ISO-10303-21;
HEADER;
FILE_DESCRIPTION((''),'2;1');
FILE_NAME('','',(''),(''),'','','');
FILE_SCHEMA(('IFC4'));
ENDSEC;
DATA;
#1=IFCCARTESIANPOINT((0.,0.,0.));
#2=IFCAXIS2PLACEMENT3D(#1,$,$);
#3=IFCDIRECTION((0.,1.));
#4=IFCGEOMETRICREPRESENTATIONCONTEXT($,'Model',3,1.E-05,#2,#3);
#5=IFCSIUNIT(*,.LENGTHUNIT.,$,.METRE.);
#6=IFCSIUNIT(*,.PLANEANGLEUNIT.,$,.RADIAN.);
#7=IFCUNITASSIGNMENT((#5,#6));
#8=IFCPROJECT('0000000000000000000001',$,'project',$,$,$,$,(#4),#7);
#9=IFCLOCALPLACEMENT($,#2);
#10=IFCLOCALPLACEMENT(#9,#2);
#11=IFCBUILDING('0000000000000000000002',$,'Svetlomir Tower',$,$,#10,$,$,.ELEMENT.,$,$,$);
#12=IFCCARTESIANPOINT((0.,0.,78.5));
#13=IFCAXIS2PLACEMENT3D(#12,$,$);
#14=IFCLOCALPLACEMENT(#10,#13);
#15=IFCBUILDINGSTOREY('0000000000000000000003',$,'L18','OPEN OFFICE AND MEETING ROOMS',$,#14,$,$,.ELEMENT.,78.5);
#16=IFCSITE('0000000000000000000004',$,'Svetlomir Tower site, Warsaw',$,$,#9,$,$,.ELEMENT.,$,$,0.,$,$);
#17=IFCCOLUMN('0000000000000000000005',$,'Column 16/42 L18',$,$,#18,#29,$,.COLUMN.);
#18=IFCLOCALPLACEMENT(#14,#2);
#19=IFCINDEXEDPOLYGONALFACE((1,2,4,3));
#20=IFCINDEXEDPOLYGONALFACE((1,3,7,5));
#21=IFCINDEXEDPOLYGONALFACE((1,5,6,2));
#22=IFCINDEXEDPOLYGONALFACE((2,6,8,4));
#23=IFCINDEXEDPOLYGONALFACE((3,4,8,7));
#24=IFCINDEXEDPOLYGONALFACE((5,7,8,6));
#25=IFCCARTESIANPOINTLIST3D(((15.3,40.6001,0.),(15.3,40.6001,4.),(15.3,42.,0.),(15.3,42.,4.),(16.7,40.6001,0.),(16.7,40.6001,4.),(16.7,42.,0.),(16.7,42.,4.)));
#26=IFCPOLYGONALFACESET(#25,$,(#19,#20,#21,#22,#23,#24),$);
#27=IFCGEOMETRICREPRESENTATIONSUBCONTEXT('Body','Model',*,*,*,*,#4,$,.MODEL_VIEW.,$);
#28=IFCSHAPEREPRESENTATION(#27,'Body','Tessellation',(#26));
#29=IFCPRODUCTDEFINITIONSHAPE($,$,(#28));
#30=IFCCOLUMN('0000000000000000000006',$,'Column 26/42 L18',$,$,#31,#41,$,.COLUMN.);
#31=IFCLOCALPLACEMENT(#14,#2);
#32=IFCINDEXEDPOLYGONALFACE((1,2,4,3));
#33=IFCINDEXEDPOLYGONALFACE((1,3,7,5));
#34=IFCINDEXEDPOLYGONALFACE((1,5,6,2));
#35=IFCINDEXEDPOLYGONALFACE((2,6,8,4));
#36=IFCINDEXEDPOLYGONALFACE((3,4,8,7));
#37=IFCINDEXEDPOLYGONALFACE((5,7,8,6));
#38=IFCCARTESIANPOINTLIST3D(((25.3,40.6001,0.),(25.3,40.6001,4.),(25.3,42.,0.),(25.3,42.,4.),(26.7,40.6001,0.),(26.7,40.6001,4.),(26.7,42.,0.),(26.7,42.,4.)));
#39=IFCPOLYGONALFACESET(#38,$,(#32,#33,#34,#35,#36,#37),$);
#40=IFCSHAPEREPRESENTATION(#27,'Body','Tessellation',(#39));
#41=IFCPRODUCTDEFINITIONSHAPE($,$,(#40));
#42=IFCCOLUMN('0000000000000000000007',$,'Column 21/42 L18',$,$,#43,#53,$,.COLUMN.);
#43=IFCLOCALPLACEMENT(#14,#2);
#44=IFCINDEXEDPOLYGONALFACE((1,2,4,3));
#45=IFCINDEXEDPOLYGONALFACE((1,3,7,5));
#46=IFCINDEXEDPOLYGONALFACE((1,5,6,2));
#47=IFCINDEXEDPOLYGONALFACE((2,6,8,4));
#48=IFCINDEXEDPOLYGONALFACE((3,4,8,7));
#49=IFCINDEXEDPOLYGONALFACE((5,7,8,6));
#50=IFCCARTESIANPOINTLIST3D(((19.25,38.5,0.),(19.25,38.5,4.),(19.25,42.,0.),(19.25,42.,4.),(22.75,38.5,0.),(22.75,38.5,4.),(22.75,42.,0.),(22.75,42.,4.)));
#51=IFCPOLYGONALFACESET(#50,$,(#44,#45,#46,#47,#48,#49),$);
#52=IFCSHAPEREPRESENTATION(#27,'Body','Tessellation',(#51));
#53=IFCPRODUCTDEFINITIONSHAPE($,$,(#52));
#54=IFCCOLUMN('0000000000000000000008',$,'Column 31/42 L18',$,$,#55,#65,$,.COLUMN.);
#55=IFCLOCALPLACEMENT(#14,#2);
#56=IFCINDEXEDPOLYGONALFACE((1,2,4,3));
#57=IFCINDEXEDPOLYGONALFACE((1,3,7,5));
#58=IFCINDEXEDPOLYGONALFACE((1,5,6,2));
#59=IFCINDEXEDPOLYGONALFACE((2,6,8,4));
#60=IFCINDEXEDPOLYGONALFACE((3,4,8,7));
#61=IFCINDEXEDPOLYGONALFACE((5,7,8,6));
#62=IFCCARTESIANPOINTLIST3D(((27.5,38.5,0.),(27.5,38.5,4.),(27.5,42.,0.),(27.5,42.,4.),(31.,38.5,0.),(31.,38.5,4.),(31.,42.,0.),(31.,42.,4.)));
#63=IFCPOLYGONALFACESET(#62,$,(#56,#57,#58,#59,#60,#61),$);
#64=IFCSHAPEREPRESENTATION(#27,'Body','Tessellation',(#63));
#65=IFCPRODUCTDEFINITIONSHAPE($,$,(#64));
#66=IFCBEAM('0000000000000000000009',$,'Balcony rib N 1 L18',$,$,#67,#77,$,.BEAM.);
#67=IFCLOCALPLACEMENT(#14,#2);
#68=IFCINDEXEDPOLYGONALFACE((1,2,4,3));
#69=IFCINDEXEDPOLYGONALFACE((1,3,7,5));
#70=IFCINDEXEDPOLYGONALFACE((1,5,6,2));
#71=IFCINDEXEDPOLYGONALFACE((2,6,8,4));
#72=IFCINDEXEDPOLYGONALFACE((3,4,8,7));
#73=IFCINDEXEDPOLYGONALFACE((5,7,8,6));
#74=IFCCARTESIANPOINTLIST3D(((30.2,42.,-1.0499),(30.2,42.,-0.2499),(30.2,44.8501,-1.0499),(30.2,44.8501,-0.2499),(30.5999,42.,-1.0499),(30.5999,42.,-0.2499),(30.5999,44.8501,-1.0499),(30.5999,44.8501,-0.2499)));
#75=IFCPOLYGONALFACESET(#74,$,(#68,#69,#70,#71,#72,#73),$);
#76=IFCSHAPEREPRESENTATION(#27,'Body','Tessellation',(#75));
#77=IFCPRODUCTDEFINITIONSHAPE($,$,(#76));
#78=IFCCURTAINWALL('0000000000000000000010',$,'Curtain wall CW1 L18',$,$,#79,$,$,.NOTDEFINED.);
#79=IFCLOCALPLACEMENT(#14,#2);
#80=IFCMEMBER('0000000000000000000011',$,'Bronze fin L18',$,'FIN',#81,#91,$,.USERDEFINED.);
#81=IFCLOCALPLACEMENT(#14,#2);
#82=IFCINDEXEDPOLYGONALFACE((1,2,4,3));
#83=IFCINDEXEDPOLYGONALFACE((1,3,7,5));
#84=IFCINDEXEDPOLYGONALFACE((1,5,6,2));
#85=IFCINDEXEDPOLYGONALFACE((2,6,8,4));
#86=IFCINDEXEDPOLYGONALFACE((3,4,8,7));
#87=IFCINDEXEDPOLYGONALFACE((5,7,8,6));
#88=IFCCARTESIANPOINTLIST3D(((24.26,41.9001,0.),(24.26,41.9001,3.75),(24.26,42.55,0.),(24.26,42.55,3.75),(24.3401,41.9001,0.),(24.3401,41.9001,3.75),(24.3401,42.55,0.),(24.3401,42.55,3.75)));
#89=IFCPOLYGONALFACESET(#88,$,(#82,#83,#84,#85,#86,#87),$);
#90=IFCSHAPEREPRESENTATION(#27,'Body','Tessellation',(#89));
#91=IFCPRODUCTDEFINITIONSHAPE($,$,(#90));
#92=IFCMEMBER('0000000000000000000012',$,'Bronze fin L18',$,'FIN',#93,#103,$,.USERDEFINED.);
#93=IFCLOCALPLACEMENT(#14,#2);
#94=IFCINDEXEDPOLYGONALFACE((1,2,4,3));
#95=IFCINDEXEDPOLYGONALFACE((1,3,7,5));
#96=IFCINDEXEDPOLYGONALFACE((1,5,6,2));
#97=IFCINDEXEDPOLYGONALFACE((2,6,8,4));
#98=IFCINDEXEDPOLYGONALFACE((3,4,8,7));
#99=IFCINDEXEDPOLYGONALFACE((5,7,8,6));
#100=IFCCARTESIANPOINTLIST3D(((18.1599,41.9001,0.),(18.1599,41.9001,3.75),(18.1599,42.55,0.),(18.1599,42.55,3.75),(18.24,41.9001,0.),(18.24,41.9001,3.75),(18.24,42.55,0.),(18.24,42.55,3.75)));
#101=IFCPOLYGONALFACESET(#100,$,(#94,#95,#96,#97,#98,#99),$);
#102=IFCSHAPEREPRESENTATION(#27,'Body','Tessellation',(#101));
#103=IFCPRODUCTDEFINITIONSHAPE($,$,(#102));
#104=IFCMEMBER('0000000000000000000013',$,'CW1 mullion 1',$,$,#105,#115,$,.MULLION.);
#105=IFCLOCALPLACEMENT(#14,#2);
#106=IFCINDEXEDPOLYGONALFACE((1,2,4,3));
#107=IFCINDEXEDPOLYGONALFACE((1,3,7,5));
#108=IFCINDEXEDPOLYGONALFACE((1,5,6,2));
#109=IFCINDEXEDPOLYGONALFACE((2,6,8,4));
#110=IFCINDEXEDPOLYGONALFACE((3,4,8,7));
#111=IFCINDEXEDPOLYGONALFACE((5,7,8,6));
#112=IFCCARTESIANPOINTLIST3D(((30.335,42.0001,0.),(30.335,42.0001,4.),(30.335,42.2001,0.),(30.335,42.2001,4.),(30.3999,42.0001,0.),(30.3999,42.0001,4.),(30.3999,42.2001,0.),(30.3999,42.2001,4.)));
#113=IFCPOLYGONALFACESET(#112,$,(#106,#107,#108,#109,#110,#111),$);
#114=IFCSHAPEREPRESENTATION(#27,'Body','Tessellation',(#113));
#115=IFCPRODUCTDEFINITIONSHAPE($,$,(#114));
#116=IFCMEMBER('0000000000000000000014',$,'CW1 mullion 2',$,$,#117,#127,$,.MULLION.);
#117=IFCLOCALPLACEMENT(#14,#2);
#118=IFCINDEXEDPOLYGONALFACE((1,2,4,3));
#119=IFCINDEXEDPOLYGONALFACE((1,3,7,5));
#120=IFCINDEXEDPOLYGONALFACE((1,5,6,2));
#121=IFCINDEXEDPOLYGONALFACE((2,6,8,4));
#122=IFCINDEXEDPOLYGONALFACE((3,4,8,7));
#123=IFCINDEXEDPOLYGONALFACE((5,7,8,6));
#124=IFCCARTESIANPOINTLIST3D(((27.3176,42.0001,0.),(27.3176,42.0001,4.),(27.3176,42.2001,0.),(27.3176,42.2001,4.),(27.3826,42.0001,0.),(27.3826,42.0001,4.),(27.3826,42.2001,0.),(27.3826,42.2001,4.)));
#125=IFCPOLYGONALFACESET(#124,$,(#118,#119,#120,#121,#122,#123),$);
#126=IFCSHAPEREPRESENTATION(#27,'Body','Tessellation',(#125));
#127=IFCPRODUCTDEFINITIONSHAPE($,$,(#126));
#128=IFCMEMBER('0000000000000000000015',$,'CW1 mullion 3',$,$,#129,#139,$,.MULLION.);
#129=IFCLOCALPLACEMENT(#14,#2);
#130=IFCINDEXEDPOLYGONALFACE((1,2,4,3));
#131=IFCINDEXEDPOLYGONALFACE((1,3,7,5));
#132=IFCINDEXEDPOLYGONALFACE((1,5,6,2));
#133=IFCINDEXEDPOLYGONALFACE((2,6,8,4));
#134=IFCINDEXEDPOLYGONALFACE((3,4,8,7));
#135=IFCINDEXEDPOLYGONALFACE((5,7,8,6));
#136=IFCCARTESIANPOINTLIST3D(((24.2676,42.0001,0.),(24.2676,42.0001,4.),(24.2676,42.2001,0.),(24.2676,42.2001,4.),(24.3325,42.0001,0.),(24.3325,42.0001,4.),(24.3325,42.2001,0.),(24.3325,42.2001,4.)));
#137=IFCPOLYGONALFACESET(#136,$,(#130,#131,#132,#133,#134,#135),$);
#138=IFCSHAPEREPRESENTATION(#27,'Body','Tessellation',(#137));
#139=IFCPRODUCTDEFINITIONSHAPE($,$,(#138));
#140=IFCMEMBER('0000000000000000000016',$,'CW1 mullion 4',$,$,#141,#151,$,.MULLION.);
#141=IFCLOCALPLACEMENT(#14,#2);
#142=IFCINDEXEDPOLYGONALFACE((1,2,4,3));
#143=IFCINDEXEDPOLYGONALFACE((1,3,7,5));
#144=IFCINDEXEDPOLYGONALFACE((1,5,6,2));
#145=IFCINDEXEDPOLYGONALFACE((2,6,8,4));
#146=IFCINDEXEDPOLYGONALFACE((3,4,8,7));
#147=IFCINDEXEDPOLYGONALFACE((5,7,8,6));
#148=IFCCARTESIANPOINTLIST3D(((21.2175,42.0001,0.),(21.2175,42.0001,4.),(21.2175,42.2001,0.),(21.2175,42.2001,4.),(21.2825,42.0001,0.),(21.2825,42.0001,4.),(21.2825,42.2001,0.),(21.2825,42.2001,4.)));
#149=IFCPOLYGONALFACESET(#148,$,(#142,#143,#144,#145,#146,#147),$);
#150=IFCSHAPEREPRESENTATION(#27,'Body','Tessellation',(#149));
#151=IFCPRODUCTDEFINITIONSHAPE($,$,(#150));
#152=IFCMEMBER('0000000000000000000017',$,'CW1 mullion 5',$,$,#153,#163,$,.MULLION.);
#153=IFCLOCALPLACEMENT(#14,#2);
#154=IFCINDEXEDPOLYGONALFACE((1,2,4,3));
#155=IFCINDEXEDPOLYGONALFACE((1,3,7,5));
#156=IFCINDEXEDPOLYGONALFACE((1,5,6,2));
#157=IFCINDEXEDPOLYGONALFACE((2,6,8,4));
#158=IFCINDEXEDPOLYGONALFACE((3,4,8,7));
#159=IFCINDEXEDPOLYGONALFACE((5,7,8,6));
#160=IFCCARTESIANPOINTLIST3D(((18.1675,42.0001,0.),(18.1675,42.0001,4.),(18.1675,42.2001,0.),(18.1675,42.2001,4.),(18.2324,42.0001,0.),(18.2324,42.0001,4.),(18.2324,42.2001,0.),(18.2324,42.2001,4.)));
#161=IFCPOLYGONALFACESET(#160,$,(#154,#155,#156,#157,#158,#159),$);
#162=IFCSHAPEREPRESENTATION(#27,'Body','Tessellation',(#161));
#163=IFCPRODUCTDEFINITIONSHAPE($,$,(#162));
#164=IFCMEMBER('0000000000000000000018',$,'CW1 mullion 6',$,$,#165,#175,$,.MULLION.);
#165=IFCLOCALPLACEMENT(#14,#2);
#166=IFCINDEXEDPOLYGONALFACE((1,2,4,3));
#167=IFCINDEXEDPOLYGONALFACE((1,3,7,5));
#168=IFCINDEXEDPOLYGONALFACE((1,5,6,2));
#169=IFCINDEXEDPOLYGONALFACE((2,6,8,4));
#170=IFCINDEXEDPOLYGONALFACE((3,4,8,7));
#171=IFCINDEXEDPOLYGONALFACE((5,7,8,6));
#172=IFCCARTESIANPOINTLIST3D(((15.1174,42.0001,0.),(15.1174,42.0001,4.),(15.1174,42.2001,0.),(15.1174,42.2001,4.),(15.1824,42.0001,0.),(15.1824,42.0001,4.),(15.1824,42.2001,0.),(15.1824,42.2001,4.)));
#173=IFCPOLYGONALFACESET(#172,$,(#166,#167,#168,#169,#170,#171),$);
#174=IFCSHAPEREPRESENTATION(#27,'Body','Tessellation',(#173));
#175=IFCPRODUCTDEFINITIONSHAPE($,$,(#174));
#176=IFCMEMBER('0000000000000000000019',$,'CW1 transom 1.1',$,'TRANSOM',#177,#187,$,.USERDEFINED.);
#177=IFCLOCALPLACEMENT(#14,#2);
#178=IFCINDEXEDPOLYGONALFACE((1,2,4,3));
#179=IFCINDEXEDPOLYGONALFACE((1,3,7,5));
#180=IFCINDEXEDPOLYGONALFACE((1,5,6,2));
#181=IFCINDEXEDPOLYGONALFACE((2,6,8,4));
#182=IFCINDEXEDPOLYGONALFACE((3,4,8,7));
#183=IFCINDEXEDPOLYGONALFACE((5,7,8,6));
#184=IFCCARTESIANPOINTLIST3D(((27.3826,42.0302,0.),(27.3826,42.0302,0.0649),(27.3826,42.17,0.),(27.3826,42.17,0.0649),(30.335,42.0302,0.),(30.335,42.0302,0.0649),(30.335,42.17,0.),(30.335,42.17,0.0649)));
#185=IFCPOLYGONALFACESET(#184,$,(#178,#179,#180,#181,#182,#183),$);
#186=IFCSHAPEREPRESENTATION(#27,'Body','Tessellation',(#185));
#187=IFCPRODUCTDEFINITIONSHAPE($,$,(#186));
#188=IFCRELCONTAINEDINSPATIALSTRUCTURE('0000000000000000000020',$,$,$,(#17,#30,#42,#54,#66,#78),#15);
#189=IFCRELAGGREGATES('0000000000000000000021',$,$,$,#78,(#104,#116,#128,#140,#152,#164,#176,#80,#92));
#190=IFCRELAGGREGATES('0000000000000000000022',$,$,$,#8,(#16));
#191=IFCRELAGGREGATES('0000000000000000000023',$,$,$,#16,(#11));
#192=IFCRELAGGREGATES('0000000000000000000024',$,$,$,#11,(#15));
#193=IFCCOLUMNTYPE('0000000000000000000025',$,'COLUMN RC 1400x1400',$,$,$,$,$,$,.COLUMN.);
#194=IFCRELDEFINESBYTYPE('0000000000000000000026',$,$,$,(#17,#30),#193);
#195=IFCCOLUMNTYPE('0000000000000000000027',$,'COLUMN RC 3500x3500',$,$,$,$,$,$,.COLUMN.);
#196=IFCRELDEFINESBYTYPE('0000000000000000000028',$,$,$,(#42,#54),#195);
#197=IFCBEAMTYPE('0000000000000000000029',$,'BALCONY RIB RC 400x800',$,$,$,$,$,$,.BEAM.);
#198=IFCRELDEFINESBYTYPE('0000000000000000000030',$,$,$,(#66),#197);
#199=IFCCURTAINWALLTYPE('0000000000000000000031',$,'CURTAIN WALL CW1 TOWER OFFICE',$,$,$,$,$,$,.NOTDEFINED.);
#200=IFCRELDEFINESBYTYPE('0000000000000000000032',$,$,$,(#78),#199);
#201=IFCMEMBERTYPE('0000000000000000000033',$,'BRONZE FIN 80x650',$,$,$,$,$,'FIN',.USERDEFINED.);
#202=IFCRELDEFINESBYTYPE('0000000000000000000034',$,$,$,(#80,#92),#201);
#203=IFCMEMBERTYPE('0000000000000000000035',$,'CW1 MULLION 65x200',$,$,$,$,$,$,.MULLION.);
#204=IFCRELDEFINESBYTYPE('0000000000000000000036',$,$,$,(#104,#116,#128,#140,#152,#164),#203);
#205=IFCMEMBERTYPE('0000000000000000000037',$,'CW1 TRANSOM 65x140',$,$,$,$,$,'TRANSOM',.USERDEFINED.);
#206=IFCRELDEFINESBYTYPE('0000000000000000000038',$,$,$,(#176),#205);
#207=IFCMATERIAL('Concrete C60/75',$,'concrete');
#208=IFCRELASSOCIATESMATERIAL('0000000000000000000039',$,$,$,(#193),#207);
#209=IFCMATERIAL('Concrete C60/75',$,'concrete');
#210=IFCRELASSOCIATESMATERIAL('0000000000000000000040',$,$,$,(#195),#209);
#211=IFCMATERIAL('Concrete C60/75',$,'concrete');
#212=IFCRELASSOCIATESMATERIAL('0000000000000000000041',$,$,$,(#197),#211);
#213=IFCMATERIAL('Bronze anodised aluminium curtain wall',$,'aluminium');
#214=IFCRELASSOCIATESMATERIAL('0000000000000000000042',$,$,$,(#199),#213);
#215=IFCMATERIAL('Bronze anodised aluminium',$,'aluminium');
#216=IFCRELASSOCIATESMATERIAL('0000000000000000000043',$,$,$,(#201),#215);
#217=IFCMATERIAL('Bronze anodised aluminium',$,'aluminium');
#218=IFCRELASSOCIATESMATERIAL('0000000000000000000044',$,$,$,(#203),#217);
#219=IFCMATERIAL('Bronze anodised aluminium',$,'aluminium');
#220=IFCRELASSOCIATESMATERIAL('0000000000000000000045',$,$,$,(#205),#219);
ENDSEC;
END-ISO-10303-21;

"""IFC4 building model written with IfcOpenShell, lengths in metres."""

from ifc_helpers import new_model, si_unit, direction, frame, origin, origin_2d, place, context, subcontext, project, spatial, rectangle, extrude, material, material_profile, profile_set, type_object, element, aggregate, save


model = new_model("IFC4")

# Units and contexts
model_context = context("Model", 3, precision=1e-05, world=origin(), true_north=direction((0.0, 1.0)))
body_context = subcontext(model_context, "Body", "Model", "MODEL_VIEW")
ifc_project = project(units=[si_unit("LENGTHUNIT", "METRE"), si_unit("PLANEANGLEUNIT", "RADIAN")], contexts=[model_context])

# Site, building, storey
site_placement = place(None, origin())
site = spatial("IfcSite", under=ifc_project, at=site_placement, Name="Svetlomir Tower site, Warsaw", CompositionType="ELEMENT", RefElevation=0.0)
building_placement = place(site_placement, origin())
building = spatial("IfcBuilding", under=site, at=building_placement, Name="Svetlomir Tower", CompositionType="ELEMENT")
storey_placement = place(building_placement, frame((0.0, 0.0, 78.5)))
storey = spatial("IfcBuildingStorey", under=building, at=storey_placement, Name="L18", Description="OPEN OFFICE AND MEETING ROOMS", CompositionType="ELEMENT", Elevation=78.5)

# Columns
ifc_material_1 = material(Name="Concrete C60/75", Category="concrete")
ifc_material_profile_1 = material_profile(ifc_material_1, rectangle(XDim=1.3999, YDim=1.3999, at=origin_2d()), Name="RC 1400x1400")
ifc_profile_set_1 = profile_set([ifc_material_profile_1], Name="Concrete C60/75")
column_type_1 = type_object("IfcColumnType", Name="COLUMN RC 1400x1400", PredefinedType="COLUMN", material=ifc_profile_set_1)
for number, where, z_axis, x_axis, name in (
    (1, (16.0, 41.3, 0.0), (0.0, 0.0, 1.0), (1.0, 0.0, 0.0), "Column 16/42 L18"),
    (2, (26.0, 41.3, 0.0), (0.0, 0.0, 1.0), (1.0, 0.0, 0.0), "Column 26/42 L18"),
):
    element("IfcColumn", number, at=place(storey_placement, frame(where, z_axis=z_axis, x_axis=x_axis)), inside=storey, type_object=column_type_1, Name=name, PredefinedType="COLUMN", context=body_context, shape_type="SweptSolid", body=[
        extrude(rectangle(XDim=1.3999, YDim=1.3999, at=origin_2d()), origin(), (0.0, 0.0, 1.0), 4.0),
    ])
ifc_material_2 = material(Name="Concrete C60/75", Category="concrete")
ifc_material_profile_2 = material_profile(ifc_material_2, rectangle(XDim=3.5, YDim=3.5, at=origin_2d()), Name="RC 3500x3500")
ifc_profile_set_2 = profile_set([ifc_material_profile_2], Name="Concrete C60/75")
column_type_2 = type_object("IfcColumnType", Name="COLUMN RC 3500x3500", PredefinedType="COLUMN", material=ifc_profile_set_2)
for number, where, z_axis, x_axis, name in (
    (3, (21.0, 40.25, 0.0), (0.0, 0.0, 1.0), (1.0, 0.0, 0.0), "Column 21/42 L18"),
    (4, (29.25, 40.25, 0.0), (0.0, 0.0, 1.0), (1.0, 0.0, 0.0), "Column 31/42 L18"),
):
    element("IfcColumn", number, at=place(storey_placement, frame(where, z_axis=z_axis, x_axis=x_axis)), inside=storey, type_object=column_type_2, Name=name, PredefinedType="COLUMN", context=body_context, shape_type="SweptSolid", body=[
        extrude(rectangle(XDim=3.5, YDim=3.5, at=origin_2d()), origin(), (0.0, 0.0, 1.0), 4.0),
    ])

# Beam
ifc_material_3 = material(Name="Concrete C60/75", Category="concrete")
ifc_material_profile_3 = material_profile(ifc_material_3, rectangle(XDim=0.3999, YDim=0.8, at=origin_2d()), Name="RC 400x800")
ifc_profile_set_3 = profile_set([ifc_material_profile_3], Name="Concrete C60/75")
beam_type_1 = type_object("IfcBeamType", Name="BALCONY RIB RC 400x800", PredefinedType="BEAM", material=ifc_profile_set_3)
beam_1_placement = place(storey_placement, frame((30.3999, 42.0, -0.6499), z_axis=(0.0, 1.0, 0.0), x_axis=(-1.0, 0.0, 0.0)))
element("IfcBeam", 5, at=beam_1_placement, inside=storey, type_object=beam_type_1, Name="Balcony rib N 1 L18", PredefinedType="BEAM", context=body_context, shape_type="SweptSolid", body=[
    extrude(rectangle(XDim=0.3999, YDim=0.8, at=origin_2d()), origin(), (0.0, 0.0, 1.0), 2.8501),
])

# Curtain wall, members
ifc_material_4 = material(Name="Bronze anodised aluminium curtain wall", Category="aluminium")
curtain_wall_type = type_object("IfcCurtainWallType", Name="CURTAIN WALL CW1 TOWER OFFICE", PredefinedType="NOTDEFINED", material=ifc_material_4)
curtain_wall_placement = place(storey_placement, origin())
curtain_wall = element("IfcCurtainWall", 6, at=curtain_wall_placement, inside=storey, type_object=curtain_wall_type, Name="Curtain wall CW1 L18", PredefinedType="NOTDEFINED")
ifc_material_5 = material(Name="Bronze anodised aluminium", Category="aluminium")
ifc_material_profile_4 = material_profile(ifc_material_5, rectangle(XDim=0.0801, YDim=0.6499, at=origin_2d()), Name="FIN 80x650")
ifc_profile_set_4 = profile_set([ifc_material_profile_4], Name="Bronze anodised aluminium 6063-T6")
member_type_1 = type_object("IfcMemberType", Name="BRONZE FIN 80x650", ElementType="FIN", PredefinedType="USERDEFINED", material=ifc_profile_set_4)
member_1_placement = place(storey_placement, frame((24.3, 42.2251, 0.0), z_axis=(0.0, 0.0, 1.0), x_axis=(1.0, 0.0, 0.0)))
member_1 = element("IfcMember", 7, at=member_1_placement, type_object=member_type_1, Name="Bronze fin L18", ObjectType="FIN", PredefinedType="USERDEFINED", context=body_context, shape_type="SweptSolid", body=[
    extrude(rectangle(XDim=0.0801, YDim=0.6499, at=origin_2d()), origin(), (0.0, 0.0, 1.0), 3.75),
])
member_2_placement = place(storey_placement, frame((18.2, 42.2251, 0.0), z_axis=(0.0, 0.0, 1.0), x_axis=(1.0, 0.0, 0.0)))
member_2 = element("IfcMember", 8, at=member_2_placement, type_object=member_type_1, Name="Bronze fin L18", ObjectType="FIN", PredefinedType="USERDEFINED", context=body_context, shape_type="SweptSolid", body=[
    extrude(rectangle(XDim=0.0801, YDim=0.6499, at=origin_2d()), origin(), (0.0, 0.0, 1.0), 3.75),
])
ifc_material_6 = material(Name="Bronze anodised aluminium", Category="aluminium")
ifc_material_profile_5 = material_profile(ifc_material_6, rectangle(XDim=0.0649, YDim=0.2, at=origin_2d()), Name="AL 65x200")
ifc_profile_set_5 = profile_set([ifc_material_profile_5], Name="Bronze anodised aluminium 6063-T6")
member_type_2 = type_object("IfcMemberType", Name="CW1 MULLION 65x200", PredefinedType="MULLION", material=ifc_profile_set_5)
member_3_placement = place(storey_placement, frame((30.3674, 42.1001, 0.0), z_axis=(0.0, 0.0, 1.0), x_axis=(-1.0, 0.0, 0.0)))
member_3 = element("IfcMember", 9, at=member_3_placement, type_object=member_type_2, Name="CW1 mullion 1", PredefinedType="MULLION", context=body_context, shape_type="SweptSolid", body=[
    extrude(rectangle(XDim=0.0649, YDim=0.2, at=origin_2d()), origin(), (0.0, 0.0, 1.0), 4.0),
])
member_4_placement = place(storey_placement, frame((27.3501, 42.1001, 0.0), z_axis=(0.0, 0.0, 1.0), x_axis=(-1.0, 0.0, 0.0)))
member_4 = element("IfcMember", 10, at=member_4_placement, type_object=member_type_2, Name="CW1 mullion 2", PredefinedType="MULLION", context=body_context, shape_type="SweptSolid", body=[
    extrude(rectangle(XDim=0.0649, YDim=0.2, at=origin_2d()), origin(), (0.0, 0.0, 1.0), 4.0),
])
member_5_placement = place(storey_placement, frame((24.3, 42.1001, 0.0), z_axis=(0.0, 0.0, 1.0), x_axis=(-1.0, 0.0, 0.0)))
member_5 = element("IfcMember", 11, at=member_5_placement, type_object=member_type_2, Name="CW1 mullion 3", PredefinedType="MULLION", context=body_context, shape_type="SweptSolid", body=[
    extrude(rectangle(XDim=0.0649, YDim=0.2, at=origin_2d()), origin(), (0.0, 0.0, 1.0), 4.0),
])
member_6_placement = place(storey_placement, frame((21.25, 42.1001, 0.0), z_axis=(0.0, 0.0, 1.0), x_axis=(-1.0, 0.0, 0.0)))
member_6 = element("IfcMember", 12, at=member_6_placement, type_object=member_type_2, Name="CW1 mullion 4", PredefinedType="MULLION", context=body_context, shape_type="SweptSolid", body=[
    extrude(rectangle(XDim=0.0649, YDim=0.2, at=origin_2d()), origin(), (0.0, 0.0, 1.0), 4.0),
])
member_7_placement = place(storey_placement, frame((18.2, 42.1001, 0.0), z_axis=(0.0, 0.0, 1.0), x_axis=(-1.0, 0.0, 0.0)))
member_7 = element("IfcMember", 13, at=member_7_placement, type_object=member_type_2, Name="CW1 mullion 5", PredefinedType="MULLION", context=body_context, shape_type="SweptSolid", body=[
    extrude(rectangle(XDim=0.0649, YDim=0.2, at=origin_2d()), origin(), (0.0, 0.0, 1.0), 4.0),
])
member_8_placement = place(storey_placement, frame((15.1499, 42.1001, 0.0), z_axis=(0.0, 0.0, 1.0), x_axis=(-1.0, 0.0, 0.0)))
member_8 = element("IfcMember", 14, at=member_8_placement, type_object=member_type_2, Name="CW1 mullion 6", PredefinedType="MULLION", context=body_context, shape_type="SweptSolid", body=[
    extrude(rectangle(XDim=0.0649, YDim=0.2, at=origin_2d()), origin(), (0.0, 0.0, 1.0), 4.0),
])
ifc_material_7 = material(Name="Bronze anodised aluminium", Category="aluminium")
ifc_material_profile_6 = material_profile(ifc_material_7, rectangle(XDim=0.1399, YDim=0.0649, at=origin_2d()), Name="AL 140x65")
ifc_profile_set_6 = profile_set([ifc_material_profile_6], Name="Bronze anodised aluminium 6063-T6")
member_type_3 = type_object("IfcMemberType", Name="CW1 TRANSOM 65x140", ElementType="TRANSOM", PredefinedType="USERDEFINED", material=ifc_profile_set_6)
member_9_placement = place(storey_placement, frame((30.335, 42.1001, 0.0325), z_axis=(-1.0, 0.0, 0.0), x_axis=(0.0, -1.0, 0.0)))
member_9 = element("IfcMember", 15, at=member_9_placement, type_object=member_type_3, Name="CW1 transom 1.1", ObjectType="TRANSOM", PredefinedType="USERDEFINED", context=body_context, shape_type="SweptSolid", body=[
    extrude(rectangle(XDim=0.1399, YDim=0.0649, at=origin_2d()), origin(), (0.0, 0.0, 1.0), 2.9524),
])

aggregate(curtain_wall, [member_3, member_4, member_5, member_6, member_7, member_8, member_9, member_1, member_2])

save(model, "model.ifc")
